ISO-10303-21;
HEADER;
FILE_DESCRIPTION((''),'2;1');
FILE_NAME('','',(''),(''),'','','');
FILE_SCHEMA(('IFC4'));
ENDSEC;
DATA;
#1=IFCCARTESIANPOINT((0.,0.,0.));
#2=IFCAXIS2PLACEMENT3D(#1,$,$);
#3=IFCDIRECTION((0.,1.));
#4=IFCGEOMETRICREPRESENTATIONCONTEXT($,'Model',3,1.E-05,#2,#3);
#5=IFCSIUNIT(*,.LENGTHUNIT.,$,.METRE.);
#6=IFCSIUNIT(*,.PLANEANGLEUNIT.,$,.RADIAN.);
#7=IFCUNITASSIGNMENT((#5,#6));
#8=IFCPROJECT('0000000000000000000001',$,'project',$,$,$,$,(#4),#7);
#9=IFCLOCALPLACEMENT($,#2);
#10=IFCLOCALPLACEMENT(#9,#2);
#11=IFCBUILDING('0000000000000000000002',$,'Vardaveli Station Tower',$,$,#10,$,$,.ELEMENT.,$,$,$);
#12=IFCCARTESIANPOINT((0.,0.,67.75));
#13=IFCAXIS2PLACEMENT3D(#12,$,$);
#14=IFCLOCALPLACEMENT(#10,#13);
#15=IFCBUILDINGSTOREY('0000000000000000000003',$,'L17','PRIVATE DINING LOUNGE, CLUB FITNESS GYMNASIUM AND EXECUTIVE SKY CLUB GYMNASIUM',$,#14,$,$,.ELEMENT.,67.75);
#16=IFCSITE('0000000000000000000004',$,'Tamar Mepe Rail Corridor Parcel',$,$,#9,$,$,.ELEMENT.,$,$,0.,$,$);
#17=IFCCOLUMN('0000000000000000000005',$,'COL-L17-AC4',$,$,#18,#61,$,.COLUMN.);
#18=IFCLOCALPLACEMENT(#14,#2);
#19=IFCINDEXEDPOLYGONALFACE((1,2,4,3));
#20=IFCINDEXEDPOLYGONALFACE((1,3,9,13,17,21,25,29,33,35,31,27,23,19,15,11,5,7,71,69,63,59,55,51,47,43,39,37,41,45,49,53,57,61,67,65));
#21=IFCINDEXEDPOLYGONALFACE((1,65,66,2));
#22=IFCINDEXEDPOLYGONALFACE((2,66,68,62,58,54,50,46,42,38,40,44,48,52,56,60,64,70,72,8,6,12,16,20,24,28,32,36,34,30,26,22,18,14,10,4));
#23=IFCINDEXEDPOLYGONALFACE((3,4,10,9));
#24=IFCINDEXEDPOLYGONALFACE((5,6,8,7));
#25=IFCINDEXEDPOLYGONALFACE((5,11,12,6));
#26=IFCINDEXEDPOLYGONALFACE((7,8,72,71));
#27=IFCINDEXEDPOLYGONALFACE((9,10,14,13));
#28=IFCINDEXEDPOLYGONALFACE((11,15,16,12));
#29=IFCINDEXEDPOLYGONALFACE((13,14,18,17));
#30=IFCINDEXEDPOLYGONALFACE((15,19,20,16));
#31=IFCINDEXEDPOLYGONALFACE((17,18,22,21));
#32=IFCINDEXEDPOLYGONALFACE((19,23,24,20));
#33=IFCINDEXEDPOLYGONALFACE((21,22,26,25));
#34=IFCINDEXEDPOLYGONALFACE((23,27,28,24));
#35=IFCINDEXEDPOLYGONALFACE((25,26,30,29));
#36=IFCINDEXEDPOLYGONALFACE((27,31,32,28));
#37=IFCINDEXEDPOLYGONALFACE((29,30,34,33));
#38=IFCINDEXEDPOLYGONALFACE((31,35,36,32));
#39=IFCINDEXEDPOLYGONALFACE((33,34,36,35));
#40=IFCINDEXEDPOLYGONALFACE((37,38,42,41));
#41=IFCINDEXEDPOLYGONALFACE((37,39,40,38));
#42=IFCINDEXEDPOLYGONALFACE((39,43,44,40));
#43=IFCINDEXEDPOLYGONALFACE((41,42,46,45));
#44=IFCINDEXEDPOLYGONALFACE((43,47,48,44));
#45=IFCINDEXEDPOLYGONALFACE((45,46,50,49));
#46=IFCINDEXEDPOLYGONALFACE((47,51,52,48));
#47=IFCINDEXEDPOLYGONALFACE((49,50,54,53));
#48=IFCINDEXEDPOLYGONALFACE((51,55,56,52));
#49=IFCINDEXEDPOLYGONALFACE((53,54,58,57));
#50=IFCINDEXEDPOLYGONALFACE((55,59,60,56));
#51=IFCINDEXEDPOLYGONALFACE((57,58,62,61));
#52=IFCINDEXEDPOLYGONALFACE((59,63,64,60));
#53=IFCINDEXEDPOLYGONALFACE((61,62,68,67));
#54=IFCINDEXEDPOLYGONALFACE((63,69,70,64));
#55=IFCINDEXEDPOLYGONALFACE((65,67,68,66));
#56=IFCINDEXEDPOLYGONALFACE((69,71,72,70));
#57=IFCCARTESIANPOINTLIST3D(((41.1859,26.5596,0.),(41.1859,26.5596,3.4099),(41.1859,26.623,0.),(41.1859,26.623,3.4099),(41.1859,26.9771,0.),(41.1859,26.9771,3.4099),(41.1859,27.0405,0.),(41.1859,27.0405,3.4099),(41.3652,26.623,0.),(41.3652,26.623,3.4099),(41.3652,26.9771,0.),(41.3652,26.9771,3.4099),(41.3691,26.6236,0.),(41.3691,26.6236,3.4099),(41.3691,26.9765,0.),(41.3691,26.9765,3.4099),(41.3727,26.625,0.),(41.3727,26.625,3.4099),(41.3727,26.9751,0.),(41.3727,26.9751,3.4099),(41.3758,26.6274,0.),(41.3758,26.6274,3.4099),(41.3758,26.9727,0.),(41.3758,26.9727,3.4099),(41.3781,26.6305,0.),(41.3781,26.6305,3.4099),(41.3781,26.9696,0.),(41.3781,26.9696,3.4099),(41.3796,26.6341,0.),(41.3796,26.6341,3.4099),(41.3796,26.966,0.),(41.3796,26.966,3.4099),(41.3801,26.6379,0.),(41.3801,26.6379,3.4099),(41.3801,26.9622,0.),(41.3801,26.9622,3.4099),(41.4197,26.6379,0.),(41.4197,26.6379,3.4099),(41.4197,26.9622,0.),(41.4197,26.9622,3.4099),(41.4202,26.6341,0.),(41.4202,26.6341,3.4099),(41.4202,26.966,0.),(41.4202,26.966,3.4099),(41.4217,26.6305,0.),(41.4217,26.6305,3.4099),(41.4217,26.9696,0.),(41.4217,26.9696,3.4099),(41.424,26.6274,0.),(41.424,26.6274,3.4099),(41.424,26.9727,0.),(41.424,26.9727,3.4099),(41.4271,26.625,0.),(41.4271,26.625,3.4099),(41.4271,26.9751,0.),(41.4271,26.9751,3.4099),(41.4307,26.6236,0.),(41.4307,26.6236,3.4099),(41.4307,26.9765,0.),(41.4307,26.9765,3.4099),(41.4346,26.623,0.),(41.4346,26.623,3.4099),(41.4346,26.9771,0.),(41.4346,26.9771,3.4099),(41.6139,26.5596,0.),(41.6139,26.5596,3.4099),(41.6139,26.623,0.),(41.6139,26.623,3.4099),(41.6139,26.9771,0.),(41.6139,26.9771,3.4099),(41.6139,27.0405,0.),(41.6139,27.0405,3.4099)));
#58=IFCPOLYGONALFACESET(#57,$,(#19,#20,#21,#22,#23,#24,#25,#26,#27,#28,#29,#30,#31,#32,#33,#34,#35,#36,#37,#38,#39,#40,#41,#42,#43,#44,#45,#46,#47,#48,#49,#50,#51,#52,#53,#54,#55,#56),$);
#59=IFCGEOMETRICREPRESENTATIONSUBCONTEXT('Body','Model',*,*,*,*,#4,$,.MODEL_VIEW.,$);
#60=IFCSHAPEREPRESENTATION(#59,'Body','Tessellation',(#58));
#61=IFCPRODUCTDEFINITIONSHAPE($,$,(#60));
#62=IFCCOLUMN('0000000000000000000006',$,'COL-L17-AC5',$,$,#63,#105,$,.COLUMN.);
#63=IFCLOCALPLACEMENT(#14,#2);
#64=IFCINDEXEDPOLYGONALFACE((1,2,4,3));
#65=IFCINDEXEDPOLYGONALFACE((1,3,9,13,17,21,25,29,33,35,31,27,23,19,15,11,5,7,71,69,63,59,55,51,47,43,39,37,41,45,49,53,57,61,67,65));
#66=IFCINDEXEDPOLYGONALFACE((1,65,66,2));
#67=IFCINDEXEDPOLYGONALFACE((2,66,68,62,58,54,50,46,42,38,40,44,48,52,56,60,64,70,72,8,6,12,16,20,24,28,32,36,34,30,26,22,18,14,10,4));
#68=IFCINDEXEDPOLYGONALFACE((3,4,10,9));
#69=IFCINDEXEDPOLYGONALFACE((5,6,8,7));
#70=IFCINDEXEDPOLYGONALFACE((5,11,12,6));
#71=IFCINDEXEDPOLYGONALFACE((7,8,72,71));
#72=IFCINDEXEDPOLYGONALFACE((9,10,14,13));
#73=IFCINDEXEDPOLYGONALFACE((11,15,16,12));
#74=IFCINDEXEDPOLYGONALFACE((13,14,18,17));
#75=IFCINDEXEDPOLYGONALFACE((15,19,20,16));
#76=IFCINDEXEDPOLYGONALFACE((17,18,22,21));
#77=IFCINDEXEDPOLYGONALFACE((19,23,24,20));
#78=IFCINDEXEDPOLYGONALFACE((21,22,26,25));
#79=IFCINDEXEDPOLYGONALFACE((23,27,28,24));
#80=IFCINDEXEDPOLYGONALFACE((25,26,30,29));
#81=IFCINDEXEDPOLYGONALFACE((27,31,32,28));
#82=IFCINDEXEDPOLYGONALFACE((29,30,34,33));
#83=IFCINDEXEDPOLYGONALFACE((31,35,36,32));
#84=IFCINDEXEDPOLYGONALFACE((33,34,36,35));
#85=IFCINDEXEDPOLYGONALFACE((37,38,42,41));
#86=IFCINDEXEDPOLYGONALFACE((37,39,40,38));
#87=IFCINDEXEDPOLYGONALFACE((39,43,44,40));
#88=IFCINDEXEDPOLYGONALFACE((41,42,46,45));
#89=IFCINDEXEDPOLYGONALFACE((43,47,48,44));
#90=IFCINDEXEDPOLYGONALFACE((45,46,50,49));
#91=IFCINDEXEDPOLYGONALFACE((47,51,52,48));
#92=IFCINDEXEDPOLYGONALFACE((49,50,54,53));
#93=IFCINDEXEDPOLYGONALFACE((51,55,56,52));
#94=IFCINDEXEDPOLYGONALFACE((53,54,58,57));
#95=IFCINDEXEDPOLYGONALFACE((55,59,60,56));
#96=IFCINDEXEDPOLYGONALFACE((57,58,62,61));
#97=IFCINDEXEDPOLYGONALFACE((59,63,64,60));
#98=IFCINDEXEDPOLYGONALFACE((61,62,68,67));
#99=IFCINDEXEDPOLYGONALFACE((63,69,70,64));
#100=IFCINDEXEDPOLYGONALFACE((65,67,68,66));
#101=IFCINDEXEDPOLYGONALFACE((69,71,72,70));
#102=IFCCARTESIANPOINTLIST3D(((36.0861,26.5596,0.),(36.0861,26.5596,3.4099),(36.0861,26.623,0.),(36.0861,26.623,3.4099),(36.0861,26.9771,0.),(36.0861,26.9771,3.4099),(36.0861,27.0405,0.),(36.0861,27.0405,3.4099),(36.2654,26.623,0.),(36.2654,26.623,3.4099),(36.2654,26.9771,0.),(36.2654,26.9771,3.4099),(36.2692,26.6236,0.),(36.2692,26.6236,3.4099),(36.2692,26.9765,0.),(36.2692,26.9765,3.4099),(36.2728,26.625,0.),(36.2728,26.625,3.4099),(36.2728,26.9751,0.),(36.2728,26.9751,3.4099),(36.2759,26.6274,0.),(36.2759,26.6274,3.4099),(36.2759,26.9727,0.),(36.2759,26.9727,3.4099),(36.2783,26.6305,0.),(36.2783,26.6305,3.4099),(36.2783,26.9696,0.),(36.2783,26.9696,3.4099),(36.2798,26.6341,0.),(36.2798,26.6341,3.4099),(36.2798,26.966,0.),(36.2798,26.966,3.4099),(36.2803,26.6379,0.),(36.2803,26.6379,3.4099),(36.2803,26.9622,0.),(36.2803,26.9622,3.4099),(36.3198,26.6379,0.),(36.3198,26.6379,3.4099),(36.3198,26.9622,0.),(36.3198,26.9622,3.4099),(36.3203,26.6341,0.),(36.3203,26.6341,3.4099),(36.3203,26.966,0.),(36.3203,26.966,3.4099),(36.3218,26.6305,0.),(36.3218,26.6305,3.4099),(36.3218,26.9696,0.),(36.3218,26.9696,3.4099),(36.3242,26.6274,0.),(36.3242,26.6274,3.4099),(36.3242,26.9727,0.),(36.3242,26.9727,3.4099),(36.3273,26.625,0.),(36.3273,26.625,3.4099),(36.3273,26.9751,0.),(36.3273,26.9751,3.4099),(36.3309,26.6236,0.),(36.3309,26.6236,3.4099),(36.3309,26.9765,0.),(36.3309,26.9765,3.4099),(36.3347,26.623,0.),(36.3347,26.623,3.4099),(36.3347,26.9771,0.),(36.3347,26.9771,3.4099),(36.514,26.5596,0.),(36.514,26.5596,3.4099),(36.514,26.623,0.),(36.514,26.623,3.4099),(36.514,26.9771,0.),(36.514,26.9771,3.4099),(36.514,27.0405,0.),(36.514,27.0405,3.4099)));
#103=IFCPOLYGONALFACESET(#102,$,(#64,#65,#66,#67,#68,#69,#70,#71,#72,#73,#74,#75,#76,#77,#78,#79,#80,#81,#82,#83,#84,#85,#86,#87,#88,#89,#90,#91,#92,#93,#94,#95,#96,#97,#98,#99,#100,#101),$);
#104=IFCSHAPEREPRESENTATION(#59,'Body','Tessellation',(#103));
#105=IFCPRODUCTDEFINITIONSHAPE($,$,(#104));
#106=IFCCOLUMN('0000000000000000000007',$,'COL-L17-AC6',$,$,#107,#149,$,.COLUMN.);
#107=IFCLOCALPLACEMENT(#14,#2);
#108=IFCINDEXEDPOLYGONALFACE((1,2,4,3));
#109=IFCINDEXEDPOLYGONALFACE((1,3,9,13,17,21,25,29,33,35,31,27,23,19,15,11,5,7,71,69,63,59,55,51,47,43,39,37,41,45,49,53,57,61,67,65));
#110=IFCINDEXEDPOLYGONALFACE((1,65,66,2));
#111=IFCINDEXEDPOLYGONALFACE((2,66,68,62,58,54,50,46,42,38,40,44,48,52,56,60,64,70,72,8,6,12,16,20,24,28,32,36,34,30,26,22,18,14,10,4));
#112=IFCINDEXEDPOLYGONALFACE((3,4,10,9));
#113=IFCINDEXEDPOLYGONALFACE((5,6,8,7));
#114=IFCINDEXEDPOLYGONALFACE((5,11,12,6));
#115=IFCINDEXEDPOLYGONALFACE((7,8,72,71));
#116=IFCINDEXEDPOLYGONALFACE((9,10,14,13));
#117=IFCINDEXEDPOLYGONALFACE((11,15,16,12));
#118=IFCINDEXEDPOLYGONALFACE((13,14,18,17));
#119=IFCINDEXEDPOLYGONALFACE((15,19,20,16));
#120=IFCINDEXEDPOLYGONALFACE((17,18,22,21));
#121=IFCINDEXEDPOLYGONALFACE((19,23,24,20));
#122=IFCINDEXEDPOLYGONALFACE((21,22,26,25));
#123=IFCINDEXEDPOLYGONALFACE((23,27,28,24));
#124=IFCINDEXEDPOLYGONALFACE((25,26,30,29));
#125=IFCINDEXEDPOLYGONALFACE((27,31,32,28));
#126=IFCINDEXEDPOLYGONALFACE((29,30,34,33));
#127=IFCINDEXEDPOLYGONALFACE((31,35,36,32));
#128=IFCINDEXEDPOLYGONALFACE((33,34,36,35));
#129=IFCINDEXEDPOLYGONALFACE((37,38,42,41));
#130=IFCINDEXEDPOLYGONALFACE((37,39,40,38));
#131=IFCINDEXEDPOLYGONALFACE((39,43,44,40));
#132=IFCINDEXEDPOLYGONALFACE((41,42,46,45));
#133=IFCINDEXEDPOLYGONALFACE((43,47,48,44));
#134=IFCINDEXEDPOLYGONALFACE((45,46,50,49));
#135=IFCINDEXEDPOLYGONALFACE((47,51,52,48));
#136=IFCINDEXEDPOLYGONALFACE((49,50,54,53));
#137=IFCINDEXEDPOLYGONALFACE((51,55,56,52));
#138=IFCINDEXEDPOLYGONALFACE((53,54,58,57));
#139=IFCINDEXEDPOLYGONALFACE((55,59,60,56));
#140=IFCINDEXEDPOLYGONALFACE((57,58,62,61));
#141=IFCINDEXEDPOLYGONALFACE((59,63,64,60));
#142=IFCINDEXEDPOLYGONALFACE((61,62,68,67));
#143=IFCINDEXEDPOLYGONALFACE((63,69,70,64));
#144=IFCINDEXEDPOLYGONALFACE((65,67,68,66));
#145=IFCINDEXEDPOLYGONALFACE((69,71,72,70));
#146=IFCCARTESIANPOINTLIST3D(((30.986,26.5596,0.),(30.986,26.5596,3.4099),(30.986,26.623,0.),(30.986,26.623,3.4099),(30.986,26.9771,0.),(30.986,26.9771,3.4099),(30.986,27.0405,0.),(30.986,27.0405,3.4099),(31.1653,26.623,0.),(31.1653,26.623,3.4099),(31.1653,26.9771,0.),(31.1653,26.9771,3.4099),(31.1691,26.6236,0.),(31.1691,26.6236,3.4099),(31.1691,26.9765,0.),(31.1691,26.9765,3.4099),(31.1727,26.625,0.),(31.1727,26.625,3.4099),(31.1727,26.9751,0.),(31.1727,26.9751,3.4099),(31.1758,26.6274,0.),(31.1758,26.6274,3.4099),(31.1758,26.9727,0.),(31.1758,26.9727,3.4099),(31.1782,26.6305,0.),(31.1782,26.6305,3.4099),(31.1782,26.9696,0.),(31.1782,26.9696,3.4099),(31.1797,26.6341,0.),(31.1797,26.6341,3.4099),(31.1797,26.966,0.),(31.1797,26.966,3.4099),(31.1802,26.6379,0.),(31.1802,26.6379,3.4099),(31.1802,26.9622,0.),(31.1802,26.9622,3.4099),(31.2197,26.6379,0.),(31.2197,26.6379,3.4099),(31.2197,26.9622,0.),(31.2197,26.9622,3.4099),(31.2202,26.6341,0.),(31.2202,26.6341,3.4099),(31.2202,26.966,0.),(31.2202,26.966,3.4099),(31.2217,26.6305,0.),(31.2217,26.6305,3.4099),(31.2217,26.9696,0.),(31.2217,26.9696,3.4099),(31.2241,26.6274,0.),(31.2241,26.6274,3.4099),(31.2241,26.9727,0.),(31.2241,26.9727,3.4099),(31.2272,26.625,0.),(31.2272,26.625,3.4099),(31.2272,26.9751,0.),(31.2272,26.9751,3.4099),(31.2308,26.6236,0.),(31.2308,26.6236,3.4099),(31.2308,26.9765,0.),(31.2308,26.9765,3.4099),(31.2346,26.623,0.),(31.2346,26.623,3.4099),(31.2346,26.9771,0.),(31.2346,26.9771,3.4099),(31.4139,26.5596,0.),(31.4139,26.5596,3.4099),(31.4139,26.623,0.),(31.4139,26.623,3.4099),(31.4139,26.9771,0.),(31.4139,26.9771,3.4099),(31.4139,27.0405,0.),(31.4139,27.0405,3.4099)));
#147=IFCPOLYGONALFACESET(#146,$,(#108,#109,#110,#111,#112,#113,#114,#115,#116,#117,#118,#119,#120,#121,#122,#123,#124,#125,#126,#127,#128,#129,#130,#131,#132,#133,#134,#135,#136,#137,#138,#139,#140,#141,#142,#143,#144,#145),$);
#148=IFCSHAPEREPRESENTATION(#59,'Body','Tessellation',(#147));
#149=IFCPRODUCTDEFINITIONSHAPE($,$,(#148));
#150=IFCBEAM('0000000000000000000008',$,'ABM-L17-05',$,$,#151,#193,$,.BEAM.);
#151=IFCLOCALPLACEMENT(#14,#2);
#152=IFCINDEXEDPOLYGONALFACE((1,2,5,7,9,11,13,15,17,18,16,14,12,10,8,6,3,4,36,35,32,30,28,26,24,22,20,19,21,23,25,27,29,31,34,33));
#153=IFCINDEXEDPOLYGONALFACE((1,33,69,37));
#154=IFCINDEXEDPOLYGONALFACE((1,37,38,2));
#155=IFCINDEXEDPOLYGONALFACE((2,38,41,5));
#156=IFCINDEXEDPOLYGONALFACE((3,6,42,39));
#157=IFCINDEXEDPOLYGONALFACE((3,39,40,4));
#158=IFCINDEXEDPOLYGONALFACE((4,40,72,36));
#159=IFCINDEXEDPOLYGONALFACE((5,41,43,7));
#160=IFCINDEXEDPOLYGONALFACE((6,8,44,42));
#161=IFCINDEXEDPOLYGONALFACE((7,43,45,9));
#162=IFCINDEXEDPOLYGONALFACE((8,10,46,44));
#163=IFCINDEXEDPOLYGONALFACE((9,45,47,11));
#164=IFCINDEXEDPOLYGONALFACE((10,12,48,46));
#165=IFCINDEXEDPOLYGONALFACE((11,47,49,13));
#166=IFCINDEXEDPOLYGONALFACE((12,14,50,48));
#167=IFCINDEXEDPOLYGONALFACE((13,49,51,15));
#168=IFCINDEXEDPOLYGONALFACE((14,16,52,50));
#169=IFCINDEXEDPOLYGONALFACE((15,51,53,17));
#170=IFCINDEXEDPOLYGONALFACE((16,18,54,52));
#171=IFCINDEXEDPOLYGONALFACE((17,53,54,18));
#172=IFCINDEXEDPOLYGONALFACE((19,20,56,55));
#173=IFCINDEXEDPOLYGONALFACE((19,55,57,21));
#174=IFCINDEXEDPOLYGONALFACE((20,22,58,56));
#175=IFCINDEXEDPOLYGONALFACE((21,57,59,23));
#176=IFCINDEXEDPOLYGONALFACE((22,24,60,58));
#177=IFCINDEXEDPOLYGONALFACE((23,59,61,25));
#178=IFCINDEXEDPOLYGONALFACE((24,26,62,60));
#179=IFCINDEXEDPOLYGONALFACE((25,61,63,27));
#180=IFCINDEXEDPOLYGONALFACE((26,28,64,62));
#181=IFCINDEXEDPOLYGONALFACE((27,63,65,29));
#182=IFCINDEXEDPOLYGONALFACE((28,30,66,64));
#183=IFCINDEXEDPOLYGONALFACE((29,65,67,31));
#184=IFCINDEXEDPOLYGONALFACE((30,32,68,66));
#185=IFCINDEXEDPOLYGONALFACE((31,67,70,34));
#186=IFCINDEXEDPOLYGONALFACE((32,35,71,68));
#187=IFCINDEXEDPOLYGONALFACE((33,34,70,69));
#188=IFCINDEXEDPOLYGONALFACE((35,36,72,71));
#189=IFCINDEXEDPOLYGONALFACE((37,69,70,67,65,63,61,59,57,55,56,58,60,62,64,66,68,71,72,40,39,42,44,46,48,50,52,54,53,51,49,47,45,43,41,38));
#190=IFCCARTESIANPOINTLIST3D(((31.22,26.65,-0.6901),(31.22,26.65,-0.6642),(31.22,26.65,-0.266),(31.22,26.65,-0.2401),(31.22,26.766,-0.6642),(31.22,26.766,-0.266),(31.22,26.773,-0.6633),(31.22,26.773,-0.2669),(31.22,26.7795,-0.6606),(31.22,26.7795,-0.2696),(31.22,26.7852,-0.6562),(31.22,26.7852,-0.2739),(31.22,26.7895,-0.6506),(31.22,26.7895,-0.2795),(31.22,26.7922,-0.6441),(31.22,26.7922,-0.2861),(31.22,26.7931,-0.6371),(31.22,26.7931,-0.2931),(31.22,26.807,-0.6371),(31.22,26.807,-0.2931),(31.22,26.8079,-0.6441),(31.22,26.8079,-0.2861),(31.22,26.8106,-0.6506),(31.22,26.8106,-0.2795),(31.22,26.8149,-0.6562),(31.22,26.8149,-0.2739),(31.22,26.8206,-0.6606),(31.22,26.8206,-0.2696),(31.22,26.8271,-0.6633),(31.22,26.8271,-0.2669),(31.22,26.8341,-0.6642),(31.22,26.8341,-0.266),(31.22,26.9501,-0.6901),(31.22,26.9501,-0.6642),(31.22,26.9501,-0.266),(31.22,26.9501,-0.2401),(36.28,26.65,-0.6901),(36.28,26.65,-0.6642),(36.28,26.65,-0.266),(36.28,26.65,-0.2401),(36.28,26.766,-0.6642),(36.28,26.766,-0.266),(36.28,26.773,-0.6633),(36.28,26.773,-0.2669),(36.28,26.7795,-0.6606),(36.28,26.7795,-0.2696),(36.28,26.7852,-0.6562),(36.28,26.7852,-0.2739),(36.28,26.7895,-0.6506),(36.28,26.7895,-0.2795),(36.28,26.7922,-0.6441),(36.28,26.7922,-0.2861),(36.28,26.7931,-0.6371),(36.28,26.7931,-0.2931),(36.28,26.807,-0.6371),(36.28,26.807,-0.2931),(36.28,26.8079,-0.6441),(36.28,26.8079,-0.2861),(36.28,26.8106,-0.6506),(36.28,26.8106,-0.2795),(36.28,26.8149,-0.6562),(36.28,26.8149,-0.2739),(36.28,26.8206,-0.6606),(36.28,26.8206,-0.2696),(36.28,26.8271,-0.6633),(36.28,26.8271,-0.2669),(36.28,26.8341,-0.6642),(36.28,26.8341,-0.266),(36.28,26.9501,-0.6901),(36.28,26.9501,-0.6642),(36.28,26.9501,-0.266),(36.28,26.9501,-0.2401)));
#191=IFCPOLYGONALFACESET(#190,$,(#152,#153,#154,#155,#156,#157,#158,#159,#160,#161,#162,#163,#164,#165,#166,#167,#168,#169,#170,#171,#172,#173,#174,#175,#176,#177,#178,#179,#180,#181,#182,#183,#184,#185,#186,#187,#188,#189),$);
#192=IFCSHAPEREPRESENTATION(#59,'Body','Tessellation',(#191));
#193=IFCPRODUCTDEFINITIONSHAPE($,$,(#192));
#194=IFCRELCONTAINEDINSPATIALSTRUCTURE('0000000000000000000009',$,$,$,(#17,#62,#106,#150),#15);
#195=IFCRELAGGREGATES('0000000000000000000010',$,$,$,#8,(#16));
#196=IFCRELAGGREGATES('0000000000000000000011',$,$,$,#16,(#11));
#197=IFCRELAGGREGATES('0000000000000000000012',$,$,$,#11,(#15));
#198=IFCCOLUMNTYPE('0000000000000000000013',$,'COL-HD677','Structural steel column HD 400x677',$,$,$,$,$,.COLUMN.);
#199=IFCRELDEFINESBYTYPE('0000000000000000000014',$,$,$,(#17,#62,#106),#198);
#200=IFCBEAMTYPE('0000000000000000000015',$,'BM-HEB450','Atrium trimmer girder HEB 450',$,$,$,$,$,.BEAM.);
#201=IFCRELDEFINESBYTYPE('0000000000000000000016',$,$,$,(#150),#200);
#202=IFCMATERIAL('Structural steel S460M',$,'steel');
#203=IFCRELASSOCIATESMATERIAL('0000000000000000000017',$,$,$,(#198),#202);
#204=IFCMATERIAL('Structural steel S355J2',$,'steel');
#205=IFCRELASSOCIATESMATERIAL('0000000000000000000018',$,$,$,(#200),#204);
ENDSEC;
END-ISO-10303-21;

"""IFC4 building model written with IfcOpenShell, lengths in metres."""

from ifc_helpers import new_model, si_unit, direction, frame, origin, origin_2d, place, context, subcontext, project, spatial, i_section, extrude, source, transform, mapped, material, material_profile, profile_set, type_object, element, save


model = new_model("IFC4")

# Units and contexts
model_context = context("Model", 3, precision=1e-05, world=origin(), true_north=direction((0.0, 1.0)))
body_context = subcontext(model_context, "Body", "Model", "MODEL_VIEW")
ifc_project = project(units=[si_unit("LENGTHUNIT", "METRE"), si_unit("PLANEANGLEUNIT", "RADIAN")], contexts=[model_context])

# Site, building, storey
site_placement = place(None, origin())
site = spatial("IfcSite", under=ifc_project, at=site_placement, Name="Tamar Mepe Rail Corridor Parcel", CompositionType="ELEMENT", RefElevation=0.0)
building_placement = place(site_placement, origin())
building = spatial("IfcBuilding", under=site, at=building_placement, Name="Vardaveli Station Tower", CompositionType="ELEMENT")
storey_placement = place(building_placement, frame((0.0, 0.0, 67.75)))
storey = spatial("IfcBuildingStorey", under=building, at=storey_placement, Name="L17", Description="PRIVATE DINING LOUNGE, CLUB FITNESS GYMNASIUM AND EXECUTIVE SKY CLUB GYMNASIUM", CompositionType="ELEMENT", Elevation=67.75)

# Columns
ifc_material_1 = material(Name="Structural steel S460M", Category="steel")
ifc_material_profile_1 = material_profile(ifc_material_1, i_section(OverallWidth=0.428, OverallDepth=0.481, WebThickness=0.0396, FlangeThickness=0.0635, FilletRadius=0.0149, at=origin_2d()), Name="HD 400x677")
ifc_profile_set_1 = profile_set([ifc_material_profile_1], Name="Structural steel S460M")
column_type = type_object("IfcColumnType", Name="COL-HD677", Description="Structural steel column HD 400x677", PredefinedType="COLUMN", material=ifc_profile_set_1)
shared_shape_1 = source(origin(), body_context, "Body", "SweptSolid", [
    extrude(i_section(OverallWidth=0.428, OverallDepth=0.481, WebThickness=0.0396, FlangeThickness=0.0635, FilletRadius=0.0149, at=origin_2d()), origin(), (0.0, 0.0, 1.0), 3.4099),
])
for number, where, z_axis, x_axis, name in (
    (1, (41.3999, 26.8, 0.0), (0.0, 0.0, 1.0), (1.0, 0.0, 0.0), "COL-L17-AC4"),
    (2, (36.3, 26.8, 0.0), (0.0, 0.0, 1.0), (1.0, 0.0, 0.0), "COL-L17-AC5"),
    (3, (31.2, 26.8, 0.0), (0.0, 0.0, 1.0), (1.0, 0.0, 0.0), "COL-L17-AC6"),
):
    element("IfcColumn", number, at=place(storey_placement, frame(where, z_axis=z_axis, x_axis=x_axis)), inside=storey, type_object=column_type, Name=name, PredefinedType="COLUMN", context=body_context, shape_type="MappedRepresentation", body=[
        mapped(shared_shape_1, transform((0.0, 0.0, 0.0), scale=1.0)),
    ])

# Beam
ifc_material_2 = material(Name="Structural steel S355J2", Category="steel")
ifc_material_profile_2 = material_profile(ifc_material_2, i_section(OverallWidth=0.3, OverallDepth=0.45, WebThickness=0.0139, FlangeThickness=0.0259, FilletRadius=0.0271, at=origin_2d()), Name="HEB 450")
ifc_profile_set_2 = profile_set([ifc_material_profile_2], Name="Structural steel S355J2")
beam_type_1 = type_object("IfcBeamType", Name="BM-HEB450", Description="Atrium trimmer girder HEB 450", PredefinedType="BEAM", material=ifc_profile_set_2)
shared_shape_2 = source(origin(), body_context, "Body", "SweptSolid", [
    extrude(i_section(OverallWidth=0.3, OverallDepth=0.45, WebThickness=0.0139, FlangeThickness=0.0259, FilletRadius=0.0271, at=origin_2d()), origin(), (0.0, 0.0, 1.0), 5.0601),
])
beam_1_placement = place(storey_placement, frame((36.28, 26.8, -0.4651), z_axis=(-1.0, 0.0, 0.0), x_axis=(0.0, -1.0, 0.0)))
element("IfcBeam", 4, at=beam_1_placement, inside=storey, type_object=beam_type_1, Name="ABM-L17-05", PredefinedType="BEAM", context=body_context, shape_type="MappedRepresentation", body=[
    mapped(shared_shape_2, transform((0.0, 0.0, 0.0), scale=1.0)),
])

save(model, "model.ifc")
